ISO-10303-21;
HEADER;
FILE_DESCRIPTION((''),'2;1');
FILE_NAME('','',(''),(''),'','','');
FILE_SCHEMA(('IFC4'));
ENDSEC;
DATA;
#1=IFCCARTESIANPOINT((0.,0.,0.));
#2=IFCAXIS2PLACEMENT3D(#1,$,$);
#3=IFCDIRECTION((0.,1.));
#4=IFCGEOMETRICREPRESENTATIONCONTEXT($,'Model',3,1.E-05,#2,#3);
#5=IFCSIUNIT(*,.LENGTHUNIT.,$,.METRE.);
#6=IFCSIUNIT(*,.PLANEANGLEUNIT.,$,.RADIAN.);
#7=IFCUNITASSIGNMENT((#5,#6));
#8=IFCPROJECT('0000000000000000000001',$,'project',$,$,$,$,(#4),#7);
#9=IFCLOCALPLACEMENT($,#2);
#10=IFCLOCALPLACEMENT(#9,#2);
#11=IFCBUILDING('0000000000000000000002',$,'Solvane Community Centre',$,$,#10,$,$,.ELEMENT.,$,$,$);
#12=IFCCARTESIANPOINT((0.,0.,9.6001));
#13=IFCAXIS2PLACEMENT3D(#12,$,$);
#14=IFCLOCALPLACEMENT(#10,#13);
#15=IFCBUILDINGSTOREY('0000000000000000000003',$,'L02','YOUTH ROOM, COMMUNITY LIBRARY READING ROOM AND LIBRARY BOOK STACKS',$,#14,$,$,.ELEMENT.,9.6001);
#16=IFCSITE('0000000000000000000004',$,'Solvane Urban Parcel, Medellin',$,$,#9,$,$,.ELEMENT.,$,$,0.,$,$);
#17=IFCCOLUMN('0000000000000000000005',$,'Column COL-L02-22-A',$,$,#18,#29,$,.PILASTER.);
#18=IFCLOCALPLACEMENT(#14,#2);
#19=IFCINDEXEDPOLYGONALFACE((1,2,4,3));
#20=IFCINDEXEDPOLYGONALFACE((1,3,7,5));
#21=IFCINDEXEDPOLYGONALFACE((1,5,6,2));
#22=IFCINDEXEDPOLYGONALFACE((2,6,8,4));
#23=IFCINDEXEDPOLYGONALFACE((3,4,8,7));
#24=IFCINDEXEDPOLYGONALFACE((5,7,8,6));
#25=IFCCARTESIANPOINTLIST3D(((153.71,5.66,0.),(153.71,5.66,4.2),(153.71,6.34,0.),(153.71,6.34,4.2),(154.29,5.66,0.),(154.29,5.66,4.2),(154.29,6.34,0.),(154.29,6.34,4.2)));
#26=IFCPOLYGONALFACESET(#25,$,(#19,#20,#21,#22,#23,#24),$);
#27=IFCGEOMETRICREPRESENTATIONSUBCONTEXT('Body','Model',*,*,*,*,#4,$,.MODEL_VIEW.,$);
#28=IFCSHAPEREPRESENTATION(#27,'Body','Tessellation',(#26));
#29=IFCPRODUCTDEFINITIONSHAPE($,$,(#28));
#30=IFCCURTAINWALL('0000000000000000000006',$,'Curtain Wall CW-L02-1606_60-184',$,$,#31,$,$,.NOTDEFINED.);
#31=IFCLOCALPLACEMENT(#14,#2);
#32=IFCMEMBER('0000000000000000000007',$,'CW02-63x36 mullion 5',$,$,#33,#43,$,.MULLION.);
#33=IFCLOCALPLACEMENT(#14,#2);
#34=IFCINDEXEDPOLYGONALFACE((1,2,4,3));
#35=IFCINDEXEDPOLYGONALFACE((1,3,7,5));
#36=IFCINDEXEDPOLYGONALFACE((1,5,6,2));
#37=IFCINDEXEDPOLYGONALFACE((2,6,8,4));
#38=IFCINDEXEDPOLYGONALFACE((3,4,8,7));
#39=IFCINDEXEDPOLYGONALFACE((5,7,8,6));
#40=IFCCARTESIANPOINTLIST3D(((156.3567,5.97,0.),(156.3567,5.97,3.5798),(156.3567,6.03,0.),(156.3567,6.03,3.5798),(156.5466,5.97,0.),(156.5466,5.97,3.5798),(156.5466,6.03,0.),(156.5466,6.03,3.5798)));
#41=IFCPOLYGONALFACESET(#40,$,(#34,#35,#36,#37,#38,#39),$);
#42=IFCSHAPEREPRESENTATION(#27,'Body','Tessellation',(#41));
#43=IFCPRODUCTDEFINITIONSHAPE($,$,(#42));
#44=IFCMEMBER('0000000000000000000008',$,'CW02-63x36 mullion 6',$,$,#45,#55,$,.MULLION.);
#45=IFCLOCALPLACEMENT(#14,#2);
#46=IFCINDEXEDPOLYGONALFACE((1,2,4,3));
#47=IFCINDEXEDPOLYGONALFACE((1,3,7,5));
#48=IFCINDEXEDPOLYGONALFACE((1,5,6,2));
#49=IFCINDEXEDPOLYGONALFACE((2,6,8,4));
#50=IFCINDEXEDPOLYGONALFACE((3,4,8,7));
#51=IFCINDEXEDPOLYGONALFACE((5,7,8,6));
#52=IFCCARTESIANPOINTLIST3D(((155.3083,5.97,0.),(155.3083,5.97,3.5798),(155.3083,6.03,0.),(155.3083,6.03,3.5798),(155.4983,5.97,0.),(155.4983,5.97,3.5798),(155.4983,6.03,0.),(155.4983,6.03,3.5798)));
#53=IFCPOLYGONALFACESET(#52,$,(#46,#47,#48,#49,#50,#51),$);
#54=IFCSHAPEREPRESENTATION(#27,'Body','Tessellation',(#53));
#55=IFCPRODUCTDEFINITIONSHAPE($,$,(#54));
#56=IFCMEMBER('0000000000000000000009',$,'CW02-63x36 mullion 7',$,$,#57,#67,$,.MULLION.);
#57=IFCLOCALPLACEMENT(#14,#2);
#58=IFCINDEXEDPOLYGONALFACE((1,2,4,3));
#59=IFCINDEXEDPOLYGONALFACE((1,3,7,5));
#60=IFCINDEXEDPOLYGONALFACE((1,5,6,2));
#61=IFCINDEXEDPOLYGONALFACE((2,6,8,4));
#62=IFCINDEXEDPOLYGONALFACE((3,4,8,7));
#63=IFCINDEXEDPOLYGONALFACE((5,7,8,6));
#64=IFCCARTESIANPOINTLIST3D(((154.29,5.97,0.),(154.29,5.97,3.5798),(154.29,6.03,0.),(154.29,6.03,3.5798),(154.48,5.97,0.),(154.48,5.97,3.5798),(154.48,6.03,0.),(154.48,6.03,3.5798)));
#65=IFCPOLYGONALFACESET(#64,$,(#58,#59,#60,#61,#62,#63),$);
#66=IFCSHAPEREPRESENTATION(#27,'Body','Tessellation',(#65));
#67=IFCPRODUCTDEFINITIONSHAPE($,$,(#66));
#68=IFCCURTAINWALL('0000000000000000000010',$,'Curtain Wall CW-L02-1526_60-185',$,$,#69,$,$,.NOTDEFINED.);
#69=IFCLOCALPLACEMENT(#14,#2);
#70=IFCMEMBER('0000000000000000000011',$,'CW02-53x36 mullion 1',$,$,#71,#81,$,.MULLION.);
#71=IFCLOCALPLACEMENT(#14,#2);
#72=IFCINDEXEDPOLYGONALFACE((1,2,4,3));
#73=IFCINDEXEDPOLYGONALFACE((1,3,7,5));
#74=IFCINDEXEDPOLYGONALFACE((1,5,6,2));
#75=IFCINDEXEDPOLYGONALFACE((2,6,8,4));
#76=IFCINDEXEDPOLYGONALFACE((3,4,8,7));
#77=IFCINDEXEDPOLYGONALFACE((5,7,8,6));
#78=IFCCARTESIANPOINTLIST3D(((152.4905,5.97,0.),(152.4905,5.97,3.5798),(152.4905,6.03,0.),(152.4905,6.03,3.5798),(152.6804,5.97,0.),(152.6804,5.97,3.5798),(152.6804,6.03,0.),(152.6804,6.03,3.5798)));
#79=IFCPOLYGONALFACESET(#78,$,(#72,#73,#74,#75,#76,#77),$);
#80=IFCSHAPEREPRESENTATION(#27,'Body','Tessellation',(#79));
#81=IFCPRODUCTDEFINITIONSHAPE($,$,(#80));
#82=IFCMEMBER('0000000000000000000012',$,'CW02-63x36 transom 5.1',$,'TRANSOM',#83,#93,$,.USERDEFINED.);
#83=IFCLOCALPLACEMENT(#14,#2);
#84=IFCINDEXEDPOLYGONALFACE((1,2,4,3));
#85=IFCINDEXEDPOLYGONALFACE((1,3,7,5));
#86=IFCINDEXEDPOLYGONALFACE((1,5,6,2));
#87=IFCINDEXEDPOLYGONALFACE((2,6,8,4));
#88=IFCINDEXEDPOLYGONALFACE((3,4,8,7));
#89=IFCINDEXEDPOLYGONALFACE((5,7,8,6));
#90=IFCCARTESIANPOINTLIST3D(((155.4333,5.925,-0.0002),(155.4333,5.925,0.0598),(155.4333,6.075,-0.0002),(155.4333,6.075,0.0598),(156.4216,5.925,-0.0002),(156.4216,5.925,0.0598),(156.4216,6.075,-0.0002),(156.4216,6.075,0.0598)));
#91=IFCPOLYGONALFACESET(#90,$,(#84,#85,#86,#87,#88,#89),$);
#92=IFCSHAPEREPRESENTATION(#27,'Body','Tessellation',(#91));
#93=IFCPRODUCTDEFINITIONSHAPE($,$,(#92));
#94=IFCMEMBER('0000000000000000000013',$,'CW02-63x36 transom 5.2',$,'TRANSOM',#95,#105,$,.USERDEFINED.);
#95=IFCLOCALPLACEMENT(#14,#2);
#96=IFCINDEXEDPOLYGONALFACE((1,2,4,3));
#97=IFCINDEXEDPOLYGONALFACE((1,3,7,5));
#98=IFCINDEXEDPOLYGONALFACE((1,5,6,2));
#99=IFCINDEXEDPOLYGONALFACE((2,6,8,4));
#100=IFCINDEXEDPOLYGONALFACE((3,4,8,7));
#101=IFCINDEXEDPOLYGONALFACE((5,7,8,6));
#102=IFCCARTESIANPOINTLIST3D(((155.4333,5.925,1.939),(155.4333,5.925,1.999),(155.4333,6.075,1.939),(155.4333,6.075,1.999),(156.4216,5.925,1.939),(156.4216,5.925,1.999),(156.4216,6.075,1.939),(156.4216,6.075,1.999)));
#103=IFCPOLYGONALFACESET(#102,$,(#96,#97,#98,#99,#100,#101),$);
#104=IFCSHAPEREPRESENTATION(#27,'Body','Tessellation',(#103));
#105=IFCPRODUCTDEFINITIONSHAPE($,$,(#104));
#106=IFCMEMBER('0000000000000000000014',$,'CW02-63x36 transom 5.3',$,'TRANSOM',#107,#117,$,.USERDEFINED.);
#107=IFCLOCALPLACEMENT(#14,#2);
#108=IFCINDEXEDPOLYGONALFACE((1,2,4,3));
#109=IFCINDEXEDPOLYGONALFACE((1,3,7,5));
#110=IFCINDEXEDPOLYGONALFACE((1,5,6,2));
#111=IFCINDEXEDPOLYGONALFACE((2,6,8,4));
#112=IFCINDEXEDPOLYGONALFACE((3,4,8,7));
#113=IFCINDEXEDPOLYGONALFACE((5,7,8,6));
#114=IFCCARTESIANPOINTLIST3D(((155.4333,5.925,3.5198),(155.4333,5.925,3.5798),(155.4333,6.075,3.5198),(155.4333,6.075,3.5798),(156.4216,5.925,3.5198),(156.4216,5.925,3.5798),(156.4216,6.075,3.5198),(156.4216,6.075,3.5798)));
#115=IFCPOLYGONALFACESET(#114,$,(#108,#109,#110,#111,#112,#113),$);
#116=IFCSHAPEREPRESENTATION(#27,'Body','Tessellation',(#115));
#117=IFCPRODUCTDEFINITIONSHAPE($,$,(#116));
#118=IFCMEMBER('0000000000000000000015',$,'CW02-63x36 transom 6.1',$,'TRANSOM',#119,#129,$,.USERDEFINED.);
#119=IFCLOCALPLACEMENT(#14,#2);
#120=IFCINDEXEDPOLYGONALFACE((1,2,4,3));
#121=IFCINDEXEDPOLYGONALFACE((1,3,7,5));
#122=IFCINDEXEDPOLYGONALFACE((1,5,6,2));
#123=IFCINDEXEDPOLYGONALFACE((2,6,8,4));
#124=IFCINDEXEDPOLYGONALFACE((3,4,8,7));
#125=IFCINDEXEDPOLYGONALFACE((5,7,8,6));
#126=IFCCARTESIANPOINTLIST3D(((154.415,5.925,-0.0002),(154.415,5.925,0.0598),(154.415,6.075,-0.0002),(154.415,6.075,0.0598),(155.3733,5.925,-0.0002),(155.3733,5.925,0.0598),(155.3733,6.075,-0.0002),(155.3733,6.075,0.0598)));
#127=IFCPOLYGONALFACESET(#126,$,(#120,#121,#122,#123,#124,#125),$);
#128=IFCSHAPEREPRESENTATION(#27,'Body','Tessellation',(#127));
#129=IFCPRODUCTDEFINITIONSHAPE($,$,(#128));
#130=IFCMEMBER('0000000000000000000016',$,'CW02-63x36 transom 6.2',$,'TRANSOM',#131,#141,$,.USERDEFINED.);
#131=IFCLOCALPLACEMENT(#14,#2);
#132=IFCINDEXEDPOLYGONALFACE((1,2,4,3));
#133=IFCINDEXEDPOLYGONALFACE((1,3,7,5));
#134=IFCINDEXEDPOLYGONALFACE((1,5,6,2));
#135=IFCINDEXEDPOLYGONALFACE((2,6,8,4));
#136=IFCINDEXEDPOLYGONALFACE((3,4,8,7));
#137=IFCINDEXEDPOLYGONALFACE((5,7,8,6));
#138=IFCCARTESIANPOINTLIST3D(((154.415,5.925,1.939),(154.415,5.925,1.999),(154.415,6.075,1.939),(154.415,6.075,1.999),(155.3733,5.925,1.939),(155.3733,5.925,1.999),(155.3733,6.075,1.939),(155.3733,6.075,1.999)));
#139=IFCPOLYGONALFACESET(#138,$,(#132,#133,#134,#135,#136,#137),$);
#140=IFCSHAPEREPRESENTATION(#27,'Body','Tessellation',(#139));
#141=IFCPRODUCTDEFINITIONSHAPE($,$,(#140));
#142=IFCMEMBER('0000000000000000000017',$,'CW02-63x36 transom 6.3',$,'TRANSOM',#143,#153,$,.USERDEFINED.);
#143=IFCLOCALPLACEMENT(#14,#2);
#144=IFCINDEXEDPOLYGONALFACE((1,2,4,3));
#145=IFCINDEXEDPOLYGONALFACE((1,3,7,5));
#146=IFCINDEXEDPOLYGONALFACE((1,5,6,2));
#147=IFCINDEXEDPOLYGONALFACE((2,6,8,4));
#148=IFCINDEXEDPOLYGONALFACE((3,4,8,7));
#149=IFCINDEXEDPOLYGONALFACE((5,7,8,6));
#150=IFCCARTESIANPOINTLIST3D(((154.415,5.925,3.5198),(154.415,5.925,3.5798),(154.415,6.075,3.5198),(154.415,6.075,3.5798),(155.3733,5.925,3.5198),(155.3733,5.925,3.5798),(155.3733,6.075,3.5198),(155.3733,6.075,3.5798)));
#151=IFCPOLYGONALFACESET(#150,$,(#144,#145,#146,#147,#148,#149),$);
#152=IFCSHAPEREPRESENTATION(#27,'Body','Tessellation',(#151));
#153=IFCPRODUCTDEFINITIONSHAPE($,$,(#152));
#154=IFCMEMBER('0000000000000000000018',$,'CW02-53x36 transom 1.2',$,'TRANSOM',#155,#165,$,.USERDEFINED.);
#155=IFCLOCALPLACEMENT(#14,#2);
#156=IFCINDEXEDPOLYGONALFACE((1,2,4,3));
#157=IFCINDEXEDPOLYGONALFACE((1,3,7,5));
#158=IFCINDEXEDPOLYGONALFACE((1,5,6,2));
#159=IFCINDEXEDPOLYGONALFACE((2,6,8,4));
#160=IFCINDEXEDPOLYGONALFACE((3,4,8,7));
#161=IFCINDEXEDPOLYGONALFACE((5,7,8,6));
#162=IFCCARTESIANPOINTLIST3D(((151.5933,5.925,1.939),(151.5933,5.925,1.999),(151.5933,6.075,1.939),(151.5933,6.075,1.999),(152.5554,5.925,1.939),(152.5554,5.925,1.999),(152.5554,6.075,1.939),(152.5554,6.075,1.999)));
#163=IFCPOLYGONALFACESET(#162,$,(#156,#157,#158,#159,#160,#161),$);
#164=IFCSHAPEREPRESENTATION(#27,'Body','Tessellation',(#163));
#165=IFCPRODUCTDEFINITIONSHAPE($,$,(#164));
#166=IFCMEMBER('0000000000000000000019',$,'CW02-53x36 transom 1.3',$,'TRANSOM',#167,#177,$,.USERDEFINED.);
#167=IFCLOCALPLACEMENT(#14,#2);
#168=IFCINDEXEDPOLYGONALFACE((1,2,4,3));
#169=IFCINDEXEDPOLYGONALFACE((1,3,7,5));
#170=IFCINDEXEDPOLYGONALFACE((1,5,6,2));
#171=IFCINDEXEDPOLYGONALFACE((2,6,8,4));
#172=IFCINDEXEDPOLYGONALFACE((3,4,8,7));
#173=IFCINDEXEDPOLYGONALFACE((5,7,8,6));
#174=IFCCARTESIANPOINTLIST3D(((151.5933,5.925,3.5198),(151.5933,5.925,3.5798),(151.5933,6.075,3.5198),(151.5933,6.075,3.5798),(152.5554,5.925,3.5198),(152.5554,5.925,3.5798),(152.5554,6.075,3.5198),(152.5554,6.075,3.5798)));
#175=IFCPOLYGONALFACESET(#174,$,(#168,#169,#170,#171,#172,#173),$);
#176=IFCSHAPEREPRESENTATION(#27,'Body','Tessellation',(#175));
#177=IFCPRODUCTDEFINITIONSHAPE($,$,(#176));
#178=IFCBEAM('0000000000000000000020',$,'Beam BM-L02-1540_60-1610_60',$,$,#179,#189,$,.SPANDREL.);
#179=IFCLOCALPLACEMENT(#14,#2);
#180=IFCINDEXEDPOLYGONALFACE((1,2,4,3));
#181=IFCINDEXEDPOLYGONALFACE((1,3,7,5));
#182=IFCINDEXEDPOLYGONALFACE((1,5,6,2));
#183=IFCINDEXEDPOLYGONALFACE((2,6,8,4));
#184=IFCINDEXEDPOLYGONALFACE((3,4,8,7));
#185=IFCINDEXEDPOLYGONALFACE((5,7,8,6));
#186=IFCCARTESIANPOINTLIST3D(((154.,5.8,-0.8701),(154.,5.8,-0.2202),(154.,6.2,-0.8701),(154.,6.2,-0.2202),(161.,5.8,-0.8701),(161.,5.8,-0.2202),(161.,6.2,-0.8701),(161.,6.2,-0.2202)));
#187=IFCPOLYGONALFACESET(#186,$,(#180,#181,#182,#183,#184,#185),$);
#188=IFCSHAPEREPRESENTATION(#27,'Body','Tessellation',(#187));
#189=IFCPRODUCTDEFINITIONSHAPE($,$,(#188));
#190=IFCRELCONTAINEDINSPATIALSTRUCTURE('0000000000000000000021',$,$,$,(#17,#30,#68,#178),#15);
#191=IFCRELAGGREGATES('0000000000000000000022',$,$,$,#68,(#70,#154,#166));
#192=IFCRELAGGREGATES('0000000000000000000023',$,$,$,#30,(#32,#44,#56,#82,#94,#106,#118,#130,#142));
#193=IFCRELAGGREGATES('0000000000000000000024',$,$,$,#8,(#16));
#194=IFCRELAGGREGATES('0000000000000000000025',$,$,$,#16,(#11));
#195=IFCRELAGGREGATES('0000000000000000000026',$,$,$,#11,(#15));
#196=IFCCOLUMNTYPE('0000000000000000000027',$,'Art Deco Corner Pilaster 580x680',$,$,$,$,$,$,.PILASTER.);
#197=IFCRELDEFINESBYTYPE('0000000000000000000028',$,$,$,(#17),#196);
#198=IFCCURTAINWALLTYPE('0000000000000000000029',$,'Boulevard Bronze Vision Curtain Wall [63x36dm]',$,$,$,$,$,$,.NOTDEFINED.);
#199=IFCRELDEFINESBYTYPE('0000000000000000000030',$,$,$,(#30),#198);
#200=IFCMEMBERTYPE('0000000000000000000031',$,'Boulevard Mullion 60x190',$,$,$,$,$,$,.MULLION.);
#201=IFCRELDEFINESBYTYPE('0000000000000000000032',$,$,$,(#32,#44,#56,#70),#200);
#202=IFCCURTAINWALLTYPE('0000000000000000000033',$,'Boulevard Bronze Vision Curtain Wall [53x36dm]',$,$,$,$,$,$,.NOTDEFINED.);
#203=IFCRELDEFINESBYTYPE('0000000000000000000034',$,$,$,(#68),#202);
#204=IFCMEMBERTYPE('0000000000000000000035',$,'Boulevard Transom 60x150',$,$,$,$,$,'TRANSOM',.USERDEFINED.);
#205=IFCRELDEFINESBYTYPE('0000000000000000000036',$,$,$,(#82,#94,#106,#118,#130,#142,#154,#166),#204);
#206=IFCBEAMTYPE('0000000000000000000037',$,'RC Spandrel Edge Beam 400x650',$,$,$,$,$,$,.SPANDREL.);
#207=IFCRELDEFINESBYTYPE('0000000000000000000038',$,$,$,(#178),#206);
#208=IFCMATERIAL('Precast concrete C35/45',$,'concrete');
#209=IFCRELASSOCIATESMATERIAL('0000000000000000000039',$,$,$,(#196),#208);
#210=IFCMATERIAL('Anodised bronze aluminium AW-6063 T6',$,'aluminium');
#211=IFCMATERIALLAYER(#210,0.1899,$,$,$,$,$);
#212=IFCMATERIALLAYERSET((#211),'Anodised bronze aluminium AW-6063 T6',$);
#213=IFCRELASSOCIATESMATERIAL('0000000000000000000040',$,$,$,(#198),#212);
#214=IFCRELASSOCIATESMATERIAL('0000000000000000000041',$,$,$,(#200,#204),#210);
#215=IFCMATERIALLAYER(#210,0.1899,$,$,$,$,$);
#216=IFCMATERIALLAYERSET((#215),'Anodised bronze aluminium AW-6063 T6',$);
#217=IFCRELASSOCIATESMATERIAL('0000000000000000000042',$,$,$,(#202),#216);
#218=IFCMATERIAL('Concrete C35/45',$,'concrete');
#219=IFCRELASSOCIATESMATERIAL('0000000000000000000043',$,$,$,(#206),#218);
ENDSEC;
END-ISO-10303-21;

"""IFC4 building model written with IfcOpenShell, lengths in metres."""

from ifc_helpers import new_model, si_unit, direction, frame, origin, origin_2d, place, context, subcontext, project, spatial, rectangle, extrude, material, layer, layer_set, material_profile, profile_set, type_object, element, aggregate, save


model = new_model("IFC4")

# Units and contexts
model_context = context("Model", 3, precision=1e-05, world=origin(), true_north=direction((0.0, 1.0)))
body_context = subcontext(model_context, "Body", "Model", "MODEL_VIEW")
ifc_project = project(units=[si_unit("LENGTHUNIT", "METRE"), si_unit("PLANEANGLEUNIT", "RADIAN")], contexts=[model_context])

# Site, building, storey
site_placement = place(None, origin())
site = spatial("IfcSite", under=ifc_project, at=site_placement, Name="Solvane Urban Parcel, Medellin", CompositionType="ELEMENT", RefElevation=0.0)
building_placement = place(site_placement, origin())
building = spatial("IfcBuilding", under=site, at=building_placement, Name="Solvane Community Centre", CompositionType="ELEMENT")
storey_placement = place(building_placement, frame((0.0, 0.0, 9.6001)))
storey = spatial("IfcBuildingStorey", under=building, at=storey_placement, Name="L02", Description="YOUTH ROOM, COMMUNITY LIBRARY READING ROOM AND LIBRARY BOOK STACKS", CompositionType="ELEMENT", Elevation=9.6001)

# Column
ifc_material_1 = material(Name="Precast concrete C35/45", Category="concrete")
ifc_material_profile_1 = material_profile(ifc_material_1, rectangle(XDim=0.5801, YDim=0.6799, at=origin_2d()), Name="RC 580x680")
ifc_profile_set_1 = profile_set([ifc_material_profile_1], Name="Precast concrete C35/45")
column_type = type_object("IfcColumnType", Name="Art Deco Corner Pilaster 580x680", PredefinedType="PILASTER", material=ifc_profile_set_1)
column_placement = place(storey_placement, frame((154.0, 6.0, 0.0), z_axis=(0.0, 0.0, 1.0), x_axis=(1.0, 0.0, 0.0)))
element("IfcColumn", 1, at=column_placement, inside=storey, type_object=column_type, Name="Column COL-L02-22-A", PredefinedType="PILASTER", context=body_context, shape_type="SweptSolid", body=[
    extrude(rectangle(XDim=0.5801, YDim=0.6799, at=origin_2d()), origin(), (0.0, 0.0, 1.0), 4.2),
])

# Curtain wall, members
ifc_material_2 = material(Name="Anodised bronze aluminium AW-6063 T6", Category="aluminium")
ifc_layer_1 = layer(ifc_material_2, 0.1899)
ifc_layer_set_1 = layer_set([ifc_layer_1], Name="Anodised bronze aluminium AW-6063 T6")
curtain_wall_type_1 = type_object("IfcCurtainWallType", Name="Boulevard Bronze Vision Curtain Wall [63x36dm]", PredefinedType="NOTDEFINED", material=ifc_layer_set_1)
curtain_wall_1_placement = place(storey_placement, origin())
curtain_wall_1 = element("IfcCurtainWall", 2, at=curtain_wall_1_placement, inside=storey, type_object=curtain_wall_type_1, Name="Curtain Wall CW-L02-1606_60-184", PredefinedType="NOTDEFINED")
ifc_material_profile_2 = material_profile(ifc_material_2, rectangle(XDim=0.0601, YDim=0.1899, at=origin_2d()), Name="CW-M 60x190")
ifc_profile_set_2 = profile_set([ifc_material_profile_2], Name="Anodised bronze aluminium AW-6063 T6")
member_type_1 = type_object("IfcMemberType", Name="Boulevard Mullion 60x190", PredefinedType="MULLION", material=ifc_profile_set_2)
member_1_placement = place(storey_placement, frame((156.4517, 6.0, 0.0), z_axis=(0.0, 0.0, 1.0), x_axis=(0.0, -1.0, 0.0)))
member_1 = element("IfcMember", 3, at=member_1_placement, type_object=member_type_1, Name="CW02-63x36 mullion 5", PredefinedType="MULLION", context=body_context, shape_type="SweptSolid", body=[
    extrude(rectangle(XDim=0.0601, YDim=0.1899, at=origin_2d()), origin(), (0.0, 0.0, 1.0), 3.5798),
])
member_2_placement = place(storey_placement, frame((155.4033, 6.0, 0.0), z_axis=(0.0, 0.0, 1.0), x_axis=(0.0, -1.0, 0.0)))
member_2 = element("IfcMember", 4, at=member_2_placement, type_object=member_type_1, Name="CW02-63x36 mullion 6", PredefinedType="MULLION", context=body_context, shape_type="SweptSolid", body=[
    extrude(rectangle(XDim=0.0601, YDim=0.1899, at=origin_2d()), origin(), (0.0, 0.0, 1.0), 3.5798),
])
member_3_placement = place(storey_placement, frame((154.385, 6.0, 0.0), z_axis=(0.0, 0.0, 1.0), x_axis=(0.0, -1.0, 0.0)))
member_3 = element("IfcMember", 5, at=member_3_placement, type_object=member_type_1, Name="CW02-63x36 mullion 7", PredefinedType="MULLION", context=body_context, shape_type="SweptSolid", body=[
    extrude(rectangle(XDim=0.0601, YDim=0.1899, at=origin_2d()), origin(), (0.0, 0.0, 1.0), 3.5798),
])

# Curtain wall, member
ifc_layer_2 = layer(ifc_material_2, 0.1899)
ifc_layer_set_2 = layer_set([ifc_layer_2], Name="Anodised bronze aluminium AW-6063 T6")
curtain_wall_type_2 = type_object("IfcCurtainWallType", Name="Boulevard Bronze Vision Curtain Wall [53x36dm]", PredefinedType="NOTDEFINED", material=ifc_layer_set_2)
curtain_wall_2_placement = place(storey_placement, origin())
curtain_wall_2 = element("IfcCurtainWall", 6, at=curtain_wall_2_placement, inside=storey, type_object=curtain_wall_type_2, Name="Curtain Wall CW-L02-1526_60-185", PredefinedType="NOTDEFINED")
member_4_placement = place(storey_placement, frame((152.5854, 6.0, 0.0), z_axis=(0.0, 0.0, 1.0), x_axis=(0.0, -1.0, 0.0)))
member_4 = element("IfcMember", 7, at=member_4_placement, type_object=member_type_1, Name="CW02-53x36 mullion 1", PredefinedType="MULLION", context=body_context, shape_type="SweptSolid", body=[
    extrude(rectangle(XDim=0.0601, YDim=0.1899, at=origin_2d()), origin(), (0.0, 0.0, 1.0), 3.5798),
])

# Members
ifc_material_profile_3 = material_profile(ifc_material_2, rectangle(XDim=0.1499, YDim=0.0601, at=origin_2d()), Name="CW-T 60x150")
ifc_profile_set_3 = profile_set([ifc_material_profile_3], Name="Anodised bronze aluminium AW-6063 T6")
member_type_2 = type_object("IfcMemberType", Name="Boulevard Transom 60x150", ElementType="TRANSOM", PredefinedType="USERDEFINED", material=ifc_profile_set_3)
member_5_placement = place(storey_placement, frame((156.4216, 6.0, 0.0298), z_axis=(-1.0, 0.0, 0.0), x_axis=(0.0, -1.0, 0.0)))
member_5 = element("IfcMember", 8, at=member_5_placement, type_object=member_type_2, Name="CW02-63x36 transom 5.1", ObjectType="TRANSOM", PredefinedType="USERDEFINED", context=body_context, shape_type="SweptSolid", body=[
    extrude(rectangle(XDim=0.1499, YDim=0.0601, at=origin_2d()), origin(), (0.0, 0.0, 1.0), 0.9883),
])
member_6_placement = place(storey_placement, frame((156.4216, 6.0, 1.969), z_axis=(-1.0, 0.0, 0.0), x_axis=(0.0, -1.0, 0.0)))
member_6 = element("IfcMember", 9, at=member_6_placement, type_object=member_type_2, Name="CW02-63x36 transom 5.2", ObjectType="TRANSOM", PredefinedType="USERDEFINED", context=body_context, shape_type="SweptSolid", body=[
    extrude(rectangle(XDim=0.1499, YDim=0.0601, at=origin_2d()), origin(), (0.0, 0.0, 1.0), 0.9883),
])
member_7_placement = place(storey_placement, frame((156.4216, 6.0, 3.5498), z_axis=(-1.0, 0.0, 0.0), x_axis=(0.0, -1.0, 0.0)))
member_7 = element("IfcMember", 10, at=member_7_placement, type_object=member_type_2, Name="CW02-63x36 transom 5.3", ObjectType="TRANSOM", PredefinedType="USERDEFINED", context=body_context, shape_type="SweptSolid", body=[
    extrude(rectangle(XDim=0.1499, YDim=0.0601, at=origin_2d()), origin(), (0.0, 0.0, 1.0), 0.9883),
])
member_8_placement = place(storey_placement, frame((155.3733, 6.0, 0.0298), z_axis=(-1.0, 0.0, 0.0), x_axis=(0.0, -1.0, 0.0)))
member_8 = element("IfcMember", 11, at=member_8_placement, type_object=member_type_2, Name="CW02-63x36 transom 6.1", ObjectType="TRANSOM", PredefinedType="USERDEFINED", context=body_context, shape_type="SweptSolid", body=[
    extrude(rectangle(XDim=0.1499, YDim=0.0601, at=origin_2d()), origin(), (0.0, 0.0, 1.0), 0.9583),
])
member_9_placement = place(storey_placement, frame((155.3733, 6.0, 1.969), z_axis=(-1.0, 0.0, 0.0), x_axis=(0.0, -1.0, 0.0)))
member_9 = element("IfcMember", 12, at=member_9_placement, type_object=member_type_2, Name="CW02-63x36 transom 6.2", ObjectType="TRANSOM", PredefinedType="USERDEFINED", context=body_context, shape_type="SweptSolid", body=[
    extrude(rectangle(XDim=0.1499, YDim=0.0601, at=origin_2d()), origin(), (0.0, 0.0, 1.0), 0.9583),
])
member_10_placement = place(storey_placement, frame((155.3733, 6.0, 3.5498), z_axis=(-1.0, 0.0, 0.0), x_axis=(0.0, -1.0, 0.0)))
member_10 = element("IfcMember", 13, at=member_10_placement, type_object=member_type_2, Name="CW02-63x36 transom 6.3", ObjectType="TRANSOM", PredefinedType="USERDEFINED", context=body_context, shape_type="SweptSolid", body=[
    extrude(rectangle(XDim=0.1499, YDim=0.0601, at=origin_2d()), origin(), (0.0, 0.0, 1.0), 0.9583),
])
member_11_placement = place(storey_placement, frame((152.5554, 6.0, 1.969), z_axis=(-1.0, 0.0, 0.0), x_axis=(0.0, -1.0, 0.0)))
member_11 = element("IfcMember", 14, at=member_11_placement, type_object=member_type_2, Name="CW02-53x36 transom 1.2", ObjectType="TRANSOM", PredefinedType="USERDEFINED", context=body_context, shape_type="SweptSolid", body=[
    extrude(rectangle(XDim=0.1499, YDim=0.0601, at=origin_2d()), origin(), (0.0, 0.0, 1.0), 0.9622),
])
member_12_placement = place(storey_placement, frame((152.5554, 6.0, 3.5498), z_axis=(-1.0, 0.0, 0.0), x_axis=(0.0, -1.0, 0.0)))
member_12 = element("IfcMember", 15, at=member_12_placement, type_object=member_type_2, Name="CW02-53x36 transom 1.3", ObjectType="TRANSOM", PredefinedType="USERDEFINED", context=body_context, shape_type="SweptSolid", body=[
    extrude(rectangle(XDim=0.1499, YDim=0.0601, at=origin_2d()), origin(), (0.0, 0.0, 1.0), 0.9622),
])
aggregate(curtain_wall_2, [member_4, member_11, member_12])

# Beam
ifc_material_3 = material(Name="Concrete C35/45", Category="concrete")
ifc_material_profile_4 = material_profile(ifc_material_3, rectangle(XDim=0.3999, YDim=0.6499, at=origin_2d()), Name="RC 400x650")
ifc_profile_set_4 = profile_set([ifc_material_profile_4], Name="Concrete C35/45")
beam_type = type_object("IfcBeamType", Name="RC Spandrel Edge Beam 400x650", PredefinedType="SPANDREL", material=ifc_profile_set_4)
beam_placement = place(storey_placement, frame((154.0, 6.0, -0.5452), z_axis=(1.0, 0.0, 0.0), x_axis=(0.0, 1.0, 0.0)))
element("IfcBeam", 16, at=beam_placement, inside=storey, type_object=beam_type, Name="Beam BM-L02-1540_60-1610_60", PredefinedType="SPANDREL", context=body_context, shape_type="SweptSolid", body=[
    extrude(rectangle(XDim=0.3999, YDim=0.6499, at=origin_2d()), origin(), (0.0, 0.0, 1.0), 7.0),
])

aggregate(curtain_wall_1, [member_1, member_2, member_3, member_5, member_6, member_7, member_8, member_9, member_10])

save(model, "model.ifc")
